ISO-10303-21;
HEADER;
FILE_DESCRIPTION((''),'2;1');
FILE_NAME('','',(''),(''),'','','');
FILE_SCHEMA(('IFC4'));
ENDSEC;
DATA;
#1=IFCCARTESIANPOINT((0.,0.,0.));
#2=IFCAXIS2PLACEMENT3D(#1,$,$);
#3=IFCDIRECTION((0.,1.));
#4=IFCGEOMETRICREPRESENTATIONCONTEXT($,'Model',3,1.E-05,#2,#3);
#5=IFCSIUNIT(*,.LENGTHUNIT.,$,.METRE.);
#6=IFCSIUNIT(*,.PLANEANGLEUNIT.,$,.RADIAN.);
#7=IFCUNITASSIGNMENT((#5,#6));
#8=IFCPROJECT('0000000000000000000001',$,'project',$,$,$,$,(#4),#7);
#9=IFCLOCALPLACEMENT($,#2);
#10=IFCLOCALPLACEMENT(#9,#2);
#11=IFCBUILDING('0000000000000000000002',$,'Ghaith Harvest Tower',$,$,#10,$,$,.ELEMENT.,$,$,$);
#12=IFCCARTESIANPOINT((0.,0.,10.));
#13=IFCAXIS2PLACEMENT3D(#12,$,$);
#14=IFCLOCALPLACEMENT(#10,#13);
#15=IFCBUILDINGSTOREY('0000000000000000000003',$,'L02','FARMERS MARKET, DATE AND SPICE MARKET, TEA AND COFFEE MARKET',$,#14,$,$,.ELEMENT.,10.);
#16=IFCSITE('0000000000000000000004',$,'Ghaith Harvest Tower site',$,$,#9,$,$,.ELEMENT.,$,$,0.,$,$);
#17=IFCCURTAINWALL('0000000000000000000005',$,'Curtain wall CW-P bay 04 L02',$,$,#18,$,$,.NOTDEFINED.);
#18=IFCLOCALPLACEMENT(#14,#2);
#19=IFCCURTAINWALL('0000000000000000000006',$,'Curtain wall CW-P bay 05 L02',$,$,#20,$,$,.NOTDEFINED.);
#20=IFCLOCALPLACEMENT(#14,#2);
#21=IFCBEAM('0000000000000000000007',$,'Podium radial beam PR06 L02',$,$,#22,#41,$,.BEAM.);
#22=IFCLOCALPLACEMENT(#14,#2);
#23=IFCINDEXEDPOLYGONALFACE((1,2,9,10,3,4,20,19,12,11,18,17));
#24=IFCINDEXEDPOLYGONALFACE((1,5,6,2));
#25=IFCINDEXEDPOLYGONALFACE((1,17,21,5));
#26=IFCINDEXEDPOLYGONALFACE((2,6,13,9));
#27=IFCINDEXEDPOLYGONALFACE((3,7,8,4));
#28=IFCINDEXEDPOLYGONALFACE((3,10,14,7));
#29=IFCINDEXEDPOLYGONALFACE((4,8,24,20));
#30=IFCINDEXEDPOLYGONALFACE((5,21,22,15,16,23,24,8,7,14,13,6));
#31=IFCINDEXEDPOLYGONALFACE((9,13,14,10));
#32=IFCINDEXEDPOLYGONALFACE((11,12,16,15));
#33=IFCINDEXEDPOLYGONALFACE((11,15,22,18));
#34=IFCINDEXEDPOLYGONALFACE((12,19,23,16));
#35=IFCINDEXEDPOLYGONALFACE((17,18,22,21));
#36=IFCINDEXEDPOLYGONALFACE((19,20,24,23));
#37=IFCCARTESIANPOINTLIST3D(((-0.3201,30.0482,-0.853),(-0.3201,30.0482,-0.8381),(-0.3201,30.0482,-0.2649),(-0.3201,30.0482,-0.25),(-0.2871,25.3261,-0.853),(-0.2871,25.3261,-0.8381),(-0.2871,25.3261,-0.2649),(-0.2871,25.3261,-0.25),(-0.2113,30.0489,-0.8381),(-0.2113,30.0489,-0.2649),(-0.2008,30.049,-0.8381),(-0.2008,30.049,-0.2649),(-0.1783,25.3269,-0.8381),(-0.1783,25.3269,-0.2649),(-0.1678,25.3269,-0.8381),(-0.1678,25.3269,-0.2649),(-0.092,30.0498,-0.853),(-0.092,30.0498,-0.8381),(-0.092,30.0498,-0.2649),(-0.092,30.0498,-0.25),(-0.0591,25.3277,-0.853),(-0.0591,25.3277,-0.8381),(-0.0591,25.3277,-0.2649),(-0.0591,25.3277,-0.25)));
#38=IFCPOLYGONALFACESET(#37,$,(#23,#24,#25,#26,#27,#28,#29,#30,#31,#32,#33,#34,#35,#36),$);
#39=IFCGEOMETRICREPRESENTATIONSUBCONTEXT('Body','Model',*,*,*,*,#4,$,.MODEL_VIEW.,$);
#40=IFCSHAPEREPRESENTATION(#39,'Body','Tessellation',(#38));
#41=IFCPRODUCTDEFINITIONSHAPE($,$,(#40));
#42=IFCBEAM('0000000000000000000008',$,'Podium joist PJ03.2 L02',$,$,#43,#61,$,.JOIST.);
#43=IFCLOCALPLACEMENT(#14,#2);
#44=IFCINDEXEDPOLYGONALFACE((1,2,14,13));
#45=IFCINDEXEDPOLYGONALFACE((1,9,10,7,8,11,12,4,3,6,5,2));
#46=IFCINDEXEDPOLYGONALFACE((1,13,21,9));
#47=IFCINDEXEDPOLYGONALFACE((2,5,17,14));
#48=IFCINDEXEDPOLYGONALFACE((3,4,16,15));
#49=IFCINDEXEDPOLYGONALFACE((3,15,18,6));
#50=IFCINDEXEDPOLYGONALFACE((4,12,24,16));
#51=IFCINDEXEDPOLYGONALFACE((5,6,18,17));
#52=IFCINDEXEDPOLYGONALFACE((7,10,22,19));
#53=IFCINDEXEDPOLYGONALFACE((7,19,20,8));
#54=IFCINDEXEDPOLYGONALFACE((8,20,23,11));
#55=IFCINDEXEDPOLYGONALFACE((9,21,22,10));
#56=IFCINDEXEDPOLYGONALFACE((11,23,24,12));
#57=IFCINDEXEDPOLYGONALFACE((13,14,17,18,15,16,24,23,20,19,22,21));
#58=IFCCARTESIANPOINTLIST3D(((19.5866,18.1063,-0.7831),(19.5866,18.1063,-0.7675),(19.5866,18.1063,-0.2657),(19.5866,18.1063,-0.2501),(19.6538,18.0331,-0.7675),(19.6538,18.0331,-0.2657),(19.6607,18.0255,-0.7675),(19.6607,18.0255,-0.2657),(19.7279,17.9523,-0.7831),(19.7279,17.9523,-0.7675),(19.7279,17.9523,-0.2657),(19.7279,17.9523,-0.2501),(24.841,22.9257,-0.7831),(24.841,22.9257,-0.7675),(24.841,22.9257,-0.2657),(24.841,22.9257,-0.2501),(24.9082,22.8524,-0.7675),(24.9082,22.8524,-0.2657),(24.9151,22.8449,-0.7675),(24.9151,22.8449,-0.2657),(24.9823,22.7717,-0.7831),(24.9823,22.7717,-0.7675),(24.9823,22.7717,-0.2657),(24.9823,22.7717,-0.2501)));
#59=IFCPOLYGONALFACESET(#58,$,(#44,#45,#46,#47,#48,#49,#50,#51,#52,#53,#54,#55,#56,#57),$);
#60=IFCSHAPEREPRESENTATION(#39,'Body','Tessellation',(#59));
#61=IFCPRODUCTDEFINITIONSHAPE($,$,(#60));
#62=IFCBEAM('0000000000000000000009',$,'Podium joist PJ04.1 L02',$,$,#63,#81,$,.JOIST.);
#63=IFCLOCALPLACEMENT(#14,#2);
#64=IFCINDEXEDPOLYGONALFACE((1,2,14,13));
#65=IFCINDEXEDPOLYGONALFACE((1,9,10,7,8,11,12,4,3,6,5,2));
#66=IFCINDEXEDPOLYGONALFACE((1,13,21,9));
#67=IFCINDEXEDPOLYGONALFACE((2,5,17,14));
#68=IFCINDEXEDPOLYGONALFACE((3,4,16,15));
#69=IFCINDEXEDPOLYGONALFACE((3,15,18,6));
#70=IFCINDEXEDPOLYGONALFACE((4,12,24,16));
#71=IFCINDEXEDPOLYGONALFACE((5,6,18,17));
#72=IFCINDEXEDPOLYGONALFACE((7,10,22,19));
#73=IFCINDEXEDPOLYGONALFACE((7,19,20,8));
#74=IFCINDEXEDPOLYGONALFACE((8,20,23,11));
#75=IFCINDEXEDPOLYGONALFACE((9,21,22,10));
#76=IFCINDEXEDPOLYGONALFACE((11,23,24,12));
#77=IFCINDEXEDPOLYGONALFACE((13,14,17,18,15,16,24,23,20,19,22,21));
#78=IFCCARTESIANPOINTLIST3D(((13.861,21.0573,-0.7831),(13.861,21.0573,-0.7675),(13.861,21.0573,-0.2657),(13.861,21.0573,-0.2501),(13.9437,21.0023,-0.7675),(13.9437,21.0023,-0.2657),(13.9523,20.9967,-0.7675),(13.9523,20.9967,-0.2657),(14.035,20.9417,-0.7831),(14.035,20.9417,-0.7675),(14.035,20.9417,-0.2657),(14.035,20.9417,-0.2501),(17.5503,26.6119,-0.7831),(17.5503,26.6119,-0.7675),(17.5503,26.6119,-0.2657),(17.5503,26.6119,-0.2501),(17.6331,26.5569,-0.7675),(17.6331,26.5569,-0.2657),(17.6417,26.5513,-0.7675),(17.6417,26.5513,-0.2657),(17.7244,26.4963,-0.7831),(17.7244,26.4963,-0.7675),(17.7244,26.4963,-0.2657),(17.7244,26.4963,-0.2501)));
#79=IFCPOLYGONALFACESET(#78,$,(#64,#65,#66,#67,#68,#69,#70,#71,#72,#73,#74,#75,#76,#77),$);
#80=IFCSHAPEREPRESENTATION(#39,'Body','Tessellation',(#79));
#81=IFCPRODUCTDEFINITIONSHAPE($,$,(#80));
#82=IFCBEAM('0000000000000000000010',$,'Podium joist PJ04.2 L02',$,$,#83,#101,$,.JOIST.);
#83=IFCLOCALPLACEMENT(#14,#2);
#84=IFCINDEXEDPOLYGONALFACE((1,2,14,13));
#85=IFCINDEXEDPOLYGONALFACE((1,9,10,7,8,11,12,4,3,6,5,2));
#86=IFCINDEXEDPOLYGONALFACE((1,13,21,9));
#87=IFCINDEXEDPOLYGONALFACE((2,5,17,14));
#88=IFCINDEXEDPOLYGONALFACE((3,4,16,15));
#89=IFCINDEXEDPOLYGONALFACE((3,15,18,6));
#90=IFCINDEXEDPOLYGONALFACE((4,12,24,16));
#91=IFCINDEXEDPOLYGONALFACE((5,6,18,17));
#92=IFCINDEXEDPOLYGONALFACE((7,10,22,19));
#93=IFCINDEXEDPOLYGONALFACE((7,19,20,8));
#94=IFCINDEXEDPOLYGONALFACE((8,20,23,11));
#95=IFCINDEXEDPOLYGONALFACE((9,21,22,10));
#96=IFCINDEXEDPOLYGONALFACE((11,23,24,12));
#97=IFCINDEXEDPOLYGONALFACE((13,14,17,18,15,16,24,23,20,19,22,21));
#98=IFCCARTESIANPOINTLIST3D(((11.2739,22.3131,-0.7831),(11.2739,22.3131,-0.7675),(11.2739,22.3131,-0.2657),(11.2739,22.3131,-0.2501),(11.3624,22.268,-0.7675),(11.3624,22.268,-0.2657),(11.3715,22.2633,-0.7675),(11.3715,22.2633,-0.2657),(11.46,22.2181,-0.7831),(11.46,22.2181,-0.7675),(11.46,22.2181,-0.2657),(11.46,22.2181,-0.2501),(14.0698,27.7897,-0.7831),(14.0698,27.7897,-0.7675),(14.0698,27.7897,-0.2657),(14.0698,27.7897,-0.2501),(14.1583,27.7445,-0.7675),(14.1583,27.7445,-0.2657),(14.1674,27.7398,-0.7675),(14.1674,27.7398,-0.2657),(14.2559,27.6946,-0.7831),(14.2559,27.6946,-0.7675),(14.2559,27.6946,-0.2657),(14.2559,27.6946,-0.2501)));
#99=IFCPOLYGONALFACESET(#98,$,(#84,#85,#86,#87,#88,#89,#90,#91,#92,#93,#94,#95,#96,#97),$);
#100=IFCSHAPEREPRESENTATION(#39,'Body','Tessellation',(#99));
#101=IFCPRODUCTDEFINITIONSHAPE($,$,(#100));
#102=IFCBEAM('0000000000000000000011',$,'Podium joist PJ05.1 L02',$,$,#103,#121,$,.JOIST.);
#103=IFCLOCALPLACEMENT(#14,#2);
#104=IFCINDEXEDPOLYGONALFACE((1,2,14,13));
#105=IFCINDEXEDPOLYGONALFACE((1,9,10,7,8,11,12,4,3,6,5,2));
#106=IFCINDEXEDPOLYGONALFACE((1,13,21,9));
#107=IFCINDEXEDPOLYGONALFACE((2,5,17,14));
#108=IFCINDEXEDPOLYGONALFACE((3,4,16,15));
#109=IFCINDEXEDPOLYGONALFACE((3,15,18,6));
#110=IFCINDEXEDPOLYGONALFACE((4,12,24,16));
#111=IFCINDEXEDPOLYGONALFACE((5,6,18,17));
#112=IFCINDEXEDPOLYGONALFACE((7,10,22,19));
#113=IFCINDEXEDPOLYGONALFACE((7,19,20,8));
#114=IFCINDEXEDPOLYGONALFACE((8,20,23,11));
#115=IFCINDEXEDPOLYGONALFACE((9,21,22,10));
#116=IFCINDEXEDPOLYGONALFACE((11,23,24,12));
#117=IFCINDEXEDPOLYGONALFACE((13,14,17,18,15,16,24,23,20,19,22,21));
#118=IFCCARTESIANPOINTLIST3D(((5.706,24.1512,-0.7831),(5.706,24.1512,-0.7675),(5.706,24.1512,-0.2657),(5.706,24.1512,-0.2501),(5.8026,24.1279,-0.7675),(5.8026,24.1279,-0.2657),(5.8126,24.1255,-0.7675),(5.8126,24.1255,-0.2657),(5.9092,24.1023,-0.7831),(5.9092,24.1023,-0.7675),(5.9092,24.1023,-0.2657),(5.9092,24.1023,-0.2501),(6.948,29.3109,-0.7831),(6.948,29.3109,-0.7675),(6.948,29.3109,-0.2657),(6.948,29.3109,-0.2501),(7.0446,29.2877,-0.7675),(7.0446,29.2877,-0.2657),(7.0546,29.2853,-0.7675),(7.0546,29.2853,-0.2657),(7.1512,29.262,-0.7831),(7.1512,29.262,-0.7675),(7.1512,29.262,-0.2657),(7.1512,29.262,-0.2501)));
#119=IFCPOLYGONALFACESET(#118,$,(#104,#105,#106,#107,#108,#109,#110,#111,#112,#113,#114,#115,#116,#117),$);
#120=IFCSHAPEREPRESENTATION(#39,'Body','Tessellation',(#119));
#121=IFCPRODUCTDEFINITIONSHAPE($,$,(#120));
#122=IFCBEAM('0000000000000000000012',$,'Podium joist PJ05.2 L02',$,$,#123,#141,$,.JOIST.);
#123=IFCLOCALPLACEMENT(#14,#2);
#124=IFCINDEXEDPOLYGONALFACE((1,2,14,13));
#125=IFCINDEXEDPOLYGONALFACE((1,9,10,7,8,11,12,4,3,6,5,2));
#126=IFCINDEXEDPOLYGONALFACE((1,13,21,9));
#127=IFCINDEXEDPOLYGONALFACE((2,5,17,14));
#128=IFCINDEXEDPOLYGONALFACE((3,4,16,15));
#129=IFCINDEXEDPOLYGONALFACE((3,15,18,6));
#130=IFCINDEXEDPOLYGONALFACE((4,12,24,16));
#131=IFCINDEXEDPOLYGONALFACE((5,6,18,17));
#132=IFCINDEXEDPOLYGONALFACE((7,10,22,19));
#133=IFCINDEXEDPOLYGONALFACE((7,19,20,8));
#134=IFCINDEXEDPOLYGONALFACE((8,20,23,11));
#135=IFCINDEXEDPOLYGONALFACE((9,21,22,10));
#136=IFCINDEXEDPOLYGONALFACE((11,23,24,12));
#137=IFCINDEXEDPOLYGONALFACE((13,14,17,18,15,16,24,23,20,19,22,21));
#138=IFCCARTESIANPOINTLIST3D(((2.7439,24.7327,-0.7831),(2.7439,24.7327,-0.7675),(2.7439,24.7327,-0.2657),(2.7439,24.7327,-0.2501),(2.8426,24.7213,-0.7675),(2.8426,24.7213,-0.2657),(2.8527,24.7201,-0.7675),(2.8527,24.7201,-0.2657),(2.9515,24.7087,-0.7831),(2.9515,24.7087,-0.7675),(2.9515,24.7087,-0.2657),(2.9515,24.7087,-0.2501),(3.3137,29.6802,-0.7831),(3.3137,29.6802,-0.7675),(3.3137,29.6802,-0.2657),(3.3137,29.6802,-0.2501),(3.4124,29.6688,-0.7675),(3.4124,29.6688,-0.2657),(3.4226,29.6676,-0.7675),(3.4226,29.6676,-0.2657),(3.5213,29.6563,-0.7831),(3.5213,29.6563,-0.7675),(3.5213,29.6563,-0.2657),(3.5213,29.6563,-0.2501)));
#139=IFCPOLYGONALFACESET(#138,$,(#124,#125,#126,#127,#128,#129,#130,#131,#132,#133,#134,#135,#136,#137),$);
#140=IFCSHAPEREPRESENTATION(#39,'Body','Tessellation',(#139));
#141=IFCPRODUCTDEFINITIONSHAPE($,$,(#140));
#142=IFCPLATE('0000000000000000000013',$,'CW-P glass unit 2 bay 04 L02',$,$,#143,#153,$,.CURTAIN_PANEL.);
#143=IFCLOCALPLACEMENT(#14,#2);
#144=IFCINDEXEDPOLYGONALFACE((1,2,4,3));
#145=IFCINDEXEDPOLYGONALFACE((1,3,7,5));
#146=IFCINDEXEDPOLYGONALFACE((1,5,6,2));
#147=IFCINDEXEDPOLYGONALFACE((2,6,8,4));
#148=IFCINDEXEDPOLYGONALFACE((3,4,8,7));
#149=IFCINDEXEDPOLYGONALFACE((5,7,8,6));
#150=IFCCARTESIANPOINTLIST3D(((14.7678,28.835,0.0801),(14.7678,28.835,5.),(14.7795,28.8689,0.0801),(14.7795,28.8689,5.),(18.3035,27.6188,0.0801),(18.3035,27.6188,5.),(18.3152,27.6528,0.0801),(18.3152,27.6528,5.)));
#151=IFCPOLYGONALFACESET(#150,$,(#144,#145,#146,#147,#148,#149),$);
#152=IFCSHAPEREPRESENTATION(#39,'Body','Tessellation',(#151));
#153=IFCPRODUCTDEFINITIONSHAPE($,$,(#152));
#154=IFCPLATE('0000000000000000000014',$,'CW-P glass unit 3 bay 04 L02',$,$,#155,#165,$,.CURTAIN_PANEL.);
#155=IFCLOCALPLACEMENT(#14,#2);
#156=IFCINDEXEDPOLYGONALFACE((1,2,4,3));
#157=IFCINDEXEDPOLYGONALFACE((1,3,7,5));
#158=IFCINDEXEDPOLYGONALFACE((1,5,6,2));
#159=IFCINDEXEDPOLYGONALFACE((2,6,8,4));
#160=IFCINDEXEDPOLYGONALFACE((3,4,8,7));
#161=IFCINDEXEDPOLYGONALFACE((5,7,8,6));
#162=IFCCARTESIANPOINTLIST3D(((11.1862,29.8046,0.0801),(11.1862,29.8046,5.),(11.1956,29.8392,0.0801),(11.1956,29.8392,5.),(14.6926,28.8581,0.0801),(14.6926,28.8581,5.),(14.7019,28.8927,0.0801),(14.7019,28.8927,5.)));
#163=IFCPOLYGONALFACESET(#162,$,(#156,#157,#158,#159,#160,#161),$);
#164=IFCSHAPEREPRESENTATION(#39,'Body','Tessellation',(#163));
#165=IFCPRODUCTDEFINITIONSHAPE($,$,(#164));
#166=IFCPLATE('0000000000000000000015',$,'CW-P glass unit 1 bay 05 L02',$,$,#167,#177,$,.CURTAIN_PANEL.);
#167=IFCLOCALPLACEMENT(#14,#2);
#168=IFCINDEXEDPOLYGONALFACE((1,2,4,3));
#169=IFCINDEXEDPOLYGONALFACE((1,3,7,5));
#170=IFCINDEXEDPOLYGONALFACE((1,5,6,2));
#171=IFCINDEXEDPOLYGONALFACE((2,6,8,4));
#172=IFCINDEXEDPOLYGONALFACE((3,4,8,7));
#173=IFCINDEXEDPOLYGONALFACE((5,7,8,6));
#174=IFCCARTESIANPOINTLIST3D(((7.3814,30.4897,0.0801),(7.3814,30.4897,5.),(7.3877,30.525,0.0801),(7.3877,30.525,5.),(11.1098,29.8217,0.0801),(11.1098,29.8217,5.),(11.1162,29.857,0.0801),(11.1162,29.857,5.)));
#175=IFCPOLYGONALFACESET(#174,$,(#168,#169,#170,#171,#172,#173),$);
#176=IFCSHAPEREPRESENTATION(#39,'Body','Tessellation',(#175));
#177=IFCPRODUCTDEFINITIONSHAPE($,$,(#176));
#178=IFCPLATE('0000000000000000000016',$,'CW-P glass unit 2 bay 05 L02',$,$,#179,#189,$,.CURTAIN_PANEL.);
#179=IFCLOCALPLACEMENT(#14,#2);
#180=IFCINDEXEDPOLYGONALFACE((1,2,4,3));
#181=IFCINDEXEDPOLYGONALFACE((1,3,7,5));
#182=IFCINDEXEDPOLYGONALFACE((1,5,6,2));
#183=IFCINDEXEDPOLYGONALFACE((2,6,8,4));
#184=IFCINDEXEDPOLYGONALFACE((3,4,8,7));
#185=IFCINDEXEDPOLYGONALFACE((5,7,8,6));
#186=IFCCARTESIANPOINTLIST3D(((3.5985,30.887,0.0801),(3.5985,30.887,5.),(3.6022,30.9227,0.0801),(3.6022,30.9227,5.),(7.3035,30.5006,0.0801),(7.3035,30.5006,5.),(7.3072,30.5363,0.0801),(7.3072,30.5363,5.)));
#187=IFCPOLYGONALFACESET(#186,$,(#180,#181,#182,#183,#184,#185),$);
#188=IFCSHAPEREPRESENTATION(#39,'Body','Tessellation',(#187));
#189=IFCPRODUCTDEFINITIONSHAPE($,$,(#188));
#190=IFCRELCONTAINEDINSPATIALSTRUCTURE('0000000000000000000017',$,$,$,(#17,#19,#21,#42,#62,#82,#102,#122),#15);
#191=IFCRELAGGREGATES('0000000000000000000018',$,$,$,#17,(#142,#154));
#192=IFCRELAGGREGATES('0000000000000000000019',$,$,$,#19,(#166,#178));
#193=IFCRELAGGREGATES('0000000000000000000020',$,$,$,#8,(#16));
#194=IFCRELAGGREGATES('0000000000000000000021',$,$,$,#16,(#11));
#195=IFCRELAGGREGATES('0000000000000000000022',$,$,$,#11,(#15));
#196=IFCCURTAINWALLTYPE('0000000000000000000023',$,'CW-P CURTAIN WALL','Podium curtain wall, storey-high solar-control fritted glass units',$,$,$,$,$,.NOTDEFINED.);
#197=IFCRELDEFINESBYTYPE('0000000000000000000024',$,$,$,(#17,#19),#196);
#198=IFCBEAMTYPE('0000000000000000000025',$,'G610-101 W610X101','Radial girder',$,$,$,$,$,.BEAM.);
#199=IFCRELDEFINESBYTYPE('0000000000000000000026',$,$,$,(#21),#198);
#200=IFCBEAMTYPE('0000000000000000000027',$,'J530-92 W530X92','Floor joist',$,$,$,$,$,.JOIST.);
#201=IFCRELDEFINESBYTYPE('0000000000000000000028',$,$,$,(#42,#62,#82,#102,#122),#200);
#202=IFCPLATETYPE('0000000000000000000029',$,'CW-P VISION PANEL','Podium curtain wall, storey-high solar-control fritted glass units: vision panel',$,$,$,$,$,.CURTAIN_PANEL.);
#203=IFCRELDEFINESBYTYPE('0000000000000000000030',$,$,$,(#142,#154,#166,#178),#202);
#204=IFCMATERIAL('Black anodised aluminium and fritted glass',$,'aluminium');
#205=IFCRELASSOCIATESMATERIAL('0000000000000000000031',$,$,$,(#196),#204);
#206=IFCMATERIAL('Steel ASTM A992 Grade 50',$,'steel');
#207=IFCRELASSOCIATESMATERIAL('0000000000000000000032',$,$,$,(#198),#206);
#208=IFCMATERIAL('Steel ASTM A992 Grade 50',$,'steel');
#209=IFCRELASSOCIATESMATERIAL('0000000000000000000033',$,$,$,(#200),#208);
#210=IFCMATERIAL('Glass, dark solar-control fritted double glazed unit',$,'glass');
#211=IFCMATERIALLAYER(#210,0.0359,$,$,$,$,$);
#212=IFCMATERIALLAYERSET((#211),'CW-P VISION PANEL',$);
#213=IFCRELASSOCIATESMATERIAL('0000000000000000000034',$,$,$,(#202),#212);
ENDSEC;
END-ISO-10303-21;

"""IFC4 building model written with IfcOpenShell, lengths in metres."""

from ifc_helpers import new_model, si_unit, direction, frame, origin, origin_2d, place, context, subcontext, project, spatial, rectangle, i_section, extrude, material, layer, layer_set, material_profile, profile_set, type_object, element, aggregate, save


model = new_model("IFC4")

# Units and contexts
model_context = context("Model", 3, precision=1e-05, world=origin(), true_north=direction((0.0, 1.0)))
body_context = subcontext(model_context, "Body", "Model", "MODEL_VIEW")
ifc_project = project(units=[si_unit("LENGTHUNIT", "METRE"), si_unit("PLANEANGLEUNIT", "RADIAN")], contexts=[model_context])

# Site, building, storey
site_placement = place(None, origin())
site = spatial("IfcSite", under=ifc_project, at=site_placement, Name="Ghaith Harvest Tower site", CompositionType="ELEMENT", RefElevation=0.0)
building_placement = place(site_placement, origin())
building = spatial("IfcBuilding", under=site, at=building_placement, Name="Ghaith Harvest Tower", CompositionType="ELEMENT")
storey_placement = place(building_placement, frame((0.0, 0.0, 10.0)))
storey = spatial("IfcBuildingStorey", under=building, at=storey_placement, Name="L02", Description="FARMERS MARKET, DATE AND SPICE MARKET, TEA AND COFFEE MARKET", CompositionType="ELEMENT", Elevation=10.0)

# Curtain walls
ifc_material_1 = material(Name="Black anodised aluminium and fritted glass", Category="aluminium")
curtain_wall_type = type_object("IfcCurtainWallType", Name="CW-P CURTAIN WALL", Description="Podium curtain wall, storey-high solar-control fritted glass units", PredefinedType="NOTDEFINED", material=ifc_material_1)
curtain_wall_1_placement = place(storey_placement, origin())
curtain_wall_1 = element("IfcCurtainWall", 1, at=curtain_wall_1_placement, inside=storey, type_object=curtain_wall_type, Name="Curtain wall CW-P bay 04 L02", PredefinedType="NOTDEFINED")
curtain_wall_2_placement = place(storey_placement, origin())
curtain_wall_2 = element("IfcCurtainWall", 2, at=curtain_wall_2_placement, inside=storey, type_object=curtain_wall_type, Name="Curtain wall CW-P bay 05 L02", PredefinedType="NOTDEFINED")

# Beams
ifc_material_2 = material(Name="Steel ASTM A992 Grade 50", Category="steel")
ifc_material_profile_1 = material_profile(ifc_material_2, i_section(OverallWidth=0.228, OverallDepth=0.603, WebThickness=0.0105, FlangeThickness=0.0149, at=origin_2d()), Name="W610X101")
ifc_profile_set_1 = profile_set([ifc_material_profile_1], Name="Steel ASTM A992 Grade 50")
beam_type_1 = type_object("IfcBeamType", Name="G610-101 W610X101", Description="Radial girder", PredefinedType="BEAM", material=ifc_profile_set_1)
beam_1_placement = place(storey_placement, frame((-0.1731, 25.3269, -0.5515), z_axis=(-0.006979, 0.999976, 0.0), x_axis=(-0.999976, -0.006979, 0.0)))
element("IfcBeam", 3, at=beam_1_placement, inside=storey, type_object=beam_type_1, Name="Podium radial beam PR06 L02", PredefinedType="BEAM", context=body_context, shape_type="SweptSolid", body=[
    extrude(i_section(OverallWidth=0.228, OverallDepth=0.603, WebThickness=0.0105, FlangeThickness=0.0149, at=origin_2d()), origin(), (0.0, 0.0, 1.0), 4.7222),
])
ifc_material_3 = material(Name="Steel ASTM A992 Grade 50", Category="steel")
ifc_material_profile_2 = material_profile(ifc_material_3, i_section(OverallWidth=0.209, OverallDepth=0.533, WebThickness=0.0103, FlangeThickness=0.0156, at=origin_2d()), Name="W530X92")
ifc_profile_set_2 = profile_set([ifc_material_profile_2], Name="Steel ASTM A992 Grade 50")
beam_type_2 = type_object("IfcBeamType", Name="J530-92 W530X92", Description="Floor joist", PredefinedType="JOIST", material=ifc_profile_set_2)
beam_2_placement = place(storey_placement, frame((19.6572, 18.0293, -0.5166), z_axis=(0.736958, 0.675939, 0.0), x_axis=(-0.675939, 0.736958, 0.0)))
element("IfcBeam", 4, at=beam_2_placement, inside=storey, type_object=beam_type_2, Name="Podium joist PJ03.2 L02", PredefinedType="JOIST", context=body_context, shape_type="SweptSolid", body=[
    extrude(i_section(OverallWidth=0.209, OverallDepth=0.533, WebThickness=0.0103, FlangeThickness=0.0156, at=origin_2d()), origin(), (0.0, 0.0, 1.0), 7.1299),
])
beam_3_placement = place(storey_placement, frame((13.948, 20.9995, -0.5166), z_axis=(0.55328, 0.832995, 0.0), x_axis=(-0.832995, 0.55328, 0.0)))
element("IfcBeam", 5, at=beam_3_placement, inside=storey, type_object=beam_type_2, Name="Podium joist PJ04.1 L02", PredefinedType="JOIST", context=body_context, shape_type="SweptSolid", body=[
    extrude(i_section(OverallWidth=0.209, OverallDepth=0.533, WebThickness=0.0103, FlangeThickness=0.0156, at=origin_2d()), origin(), (0.0, 0.0, 1.0), 6.6682),
])
beam_4_placement = place(storey_placement, frame((11.3669, 22.2656, -0.5166), z_axis=(0.454694, 0.890648, 0.0), x_axis=(-0.890648, 0.454694, 0.0)))
element("IfcBeam", 6, at=beam_4_placement, inside=storey, type_object=beam_type_2, Name="Podium joist PJ04.2 L02", PredefinedType="JOIST", context=body_context, shape_type="SweptSolid", body=[
    extrude(i_section(OverallWidth=0.209, OverallDepth=0.533, WebThickness=0.0103, FlangeThickness=0.0156, at=origin_2d()), origin(), (0.0, 0.0, 1.0), 6.1489),
])
beam_5_placement = place(storey_placement, frame((5.8076, 24.1267, -0.5166), z_axis=(0.234018, 0.972232, 0.0), x_axis=(-0.972232, 0.234018, 0.0)))
element("IfcBeam", 7, at=beam_5_placement, inside=storey, type_object=beam_type_2, Name="Podium joist PJ05.1 L02", PredefinedType="JOIST", context=body_context, shape_type="SweptSolid", body=[
    extrude(i_section(OverallWidth=0.209, OverallDepth=0.533, WebThickness=0.0103, FlangeThickness=0.0156, at=origin_2d()), origin(), (0.0, 0.0, 1.0), 5.3071),
])
beam_6_placement = place(storey_placement, frame((2.8477, 24.7207, -0.5166), z_axis=(0.114418, 0.993433, 0.0), x_axis=(-0.993433, 0.114418, 0.0)))
element("IfcBeam", 8, at=beam_6_placement, inside=storey, type_object=beam_type_2, Name="Podium joist PJ05.2 L02", PredefinedType="JOIST", context=body_context, shape_type="SweptSolid", body=[
    extrude(i_section(OverallWidth=0.209, OverallDepth=0.533, WebThickness=0.0103, FlangeThickness=0.0156, at=origin_2d()), origin(), (0.0, 0.0, 1.0), 4.9802),
])

# Plates
ifc_material_4 = material(Name="Glass, dark solar-control fritted double glazed unit", Category="glass")
ifc_layer_1 = layer(ifc_material_4, 0.0359)
ifc_layer_set_1 = layer_set([ifc_layer_1], Name="CW-P VISION PANEL")
plate_type = type_object("IfcPlateType", Name="CW-P VISION PANEL", Description="Podium curtain wall, storey-high solar-control fritted glass units: vision panel", PredefinedType="CURTAIN_PANEL", material=ifc_layer_set_1)
plate_1_placement = place(storey_placement, frame((16.5415, 28.2439, 0.0801), z_axis=(0.0, 0.0, 1.0), x_axis=(-0.945624, 0.325262, 0.0)))
plate_1 = element("IfcPlate", 9, at=plate_1_placement, type_object=plate_type, Name="CW-P glass unit 2 bay 04 L02", PredefinedType="CURTAIN_PANEL", context=body_context, shape_type="SweptSolid", body=[
    extrude(rectangle(XDim=3.739, YDim=0.0359, at=origin_2d()), origin(), (0.0, 0.0, 1.0), 4.9199),
])
plate_2_placement = place(storey_placement, frame((12.9441, 29.3486, 0.0801), z_axis=(0.0, 0.0, 1.0), x_axis=(-0.965445, 0.260608, 0.0)))
plate_2 = element("IfcPlate", 10, at=plate_2_placement, type_object=plate_type, Name="CW-P glass unit 3 bay 04 L02", PredefinedType="CURTAIN_PANEL", context=body_context, shape_type="SweptSolid", body=[
    extrude(rectangle(XDim=3.6318, YDim=0.0359, at=origin_2d()), origin(), (0.0, 0.0, 1.0), 4.9199),
])
aggregate(curtain_wall_1, [plate_1, plate_2])
plate_3_placement = place(storey_placement, frame((9.2488, 30.1733, 0.0801), z_axis=(0.0, 0.0, 1.0), x_axis=(-0.984325, 0.176367, 0.0)))
plate_3 = element("IfcPlate", 11, at=plate_3_placement, type_object=plate_type, Name="CW-P glass unit 1 bay 05 L02", PredefinedType="CURTAIN_PANEL", context=body_context, shape_type="SweptSolid", body=[
    extrude(rectangle(XDim=3.7878, YDim=0.0359, at=origin_2d()), origin(), (0.0, 0.0, 1.0), 4.9199),
])
plate_4_placement = place(storey_placement, frame((5.4529, 30.7117, 0.0801), z_axis=(0.0, 0.0, 1.0), x_axis=(-0.994607, 0.103719, 0.0)))
plate_4 = element("IfcPlate", 12, at=plate_4_placement, type_object=plate_type, Name="CW-P glass unit 2 bay 05 L02", PredefinedType="CURTAIN_PANEL", context=body_context, shape_type="SweptSolid", body=[
    extrude(rectangle(XDim=3.7251, YDim=0.0359, at=origin_2d()), origin(), (0.0, 0.0, 1.0), 4.9199),
])
aggregate(curtain_wall_2, [plate_3, plate_4])

save(model, "model.ifc")
